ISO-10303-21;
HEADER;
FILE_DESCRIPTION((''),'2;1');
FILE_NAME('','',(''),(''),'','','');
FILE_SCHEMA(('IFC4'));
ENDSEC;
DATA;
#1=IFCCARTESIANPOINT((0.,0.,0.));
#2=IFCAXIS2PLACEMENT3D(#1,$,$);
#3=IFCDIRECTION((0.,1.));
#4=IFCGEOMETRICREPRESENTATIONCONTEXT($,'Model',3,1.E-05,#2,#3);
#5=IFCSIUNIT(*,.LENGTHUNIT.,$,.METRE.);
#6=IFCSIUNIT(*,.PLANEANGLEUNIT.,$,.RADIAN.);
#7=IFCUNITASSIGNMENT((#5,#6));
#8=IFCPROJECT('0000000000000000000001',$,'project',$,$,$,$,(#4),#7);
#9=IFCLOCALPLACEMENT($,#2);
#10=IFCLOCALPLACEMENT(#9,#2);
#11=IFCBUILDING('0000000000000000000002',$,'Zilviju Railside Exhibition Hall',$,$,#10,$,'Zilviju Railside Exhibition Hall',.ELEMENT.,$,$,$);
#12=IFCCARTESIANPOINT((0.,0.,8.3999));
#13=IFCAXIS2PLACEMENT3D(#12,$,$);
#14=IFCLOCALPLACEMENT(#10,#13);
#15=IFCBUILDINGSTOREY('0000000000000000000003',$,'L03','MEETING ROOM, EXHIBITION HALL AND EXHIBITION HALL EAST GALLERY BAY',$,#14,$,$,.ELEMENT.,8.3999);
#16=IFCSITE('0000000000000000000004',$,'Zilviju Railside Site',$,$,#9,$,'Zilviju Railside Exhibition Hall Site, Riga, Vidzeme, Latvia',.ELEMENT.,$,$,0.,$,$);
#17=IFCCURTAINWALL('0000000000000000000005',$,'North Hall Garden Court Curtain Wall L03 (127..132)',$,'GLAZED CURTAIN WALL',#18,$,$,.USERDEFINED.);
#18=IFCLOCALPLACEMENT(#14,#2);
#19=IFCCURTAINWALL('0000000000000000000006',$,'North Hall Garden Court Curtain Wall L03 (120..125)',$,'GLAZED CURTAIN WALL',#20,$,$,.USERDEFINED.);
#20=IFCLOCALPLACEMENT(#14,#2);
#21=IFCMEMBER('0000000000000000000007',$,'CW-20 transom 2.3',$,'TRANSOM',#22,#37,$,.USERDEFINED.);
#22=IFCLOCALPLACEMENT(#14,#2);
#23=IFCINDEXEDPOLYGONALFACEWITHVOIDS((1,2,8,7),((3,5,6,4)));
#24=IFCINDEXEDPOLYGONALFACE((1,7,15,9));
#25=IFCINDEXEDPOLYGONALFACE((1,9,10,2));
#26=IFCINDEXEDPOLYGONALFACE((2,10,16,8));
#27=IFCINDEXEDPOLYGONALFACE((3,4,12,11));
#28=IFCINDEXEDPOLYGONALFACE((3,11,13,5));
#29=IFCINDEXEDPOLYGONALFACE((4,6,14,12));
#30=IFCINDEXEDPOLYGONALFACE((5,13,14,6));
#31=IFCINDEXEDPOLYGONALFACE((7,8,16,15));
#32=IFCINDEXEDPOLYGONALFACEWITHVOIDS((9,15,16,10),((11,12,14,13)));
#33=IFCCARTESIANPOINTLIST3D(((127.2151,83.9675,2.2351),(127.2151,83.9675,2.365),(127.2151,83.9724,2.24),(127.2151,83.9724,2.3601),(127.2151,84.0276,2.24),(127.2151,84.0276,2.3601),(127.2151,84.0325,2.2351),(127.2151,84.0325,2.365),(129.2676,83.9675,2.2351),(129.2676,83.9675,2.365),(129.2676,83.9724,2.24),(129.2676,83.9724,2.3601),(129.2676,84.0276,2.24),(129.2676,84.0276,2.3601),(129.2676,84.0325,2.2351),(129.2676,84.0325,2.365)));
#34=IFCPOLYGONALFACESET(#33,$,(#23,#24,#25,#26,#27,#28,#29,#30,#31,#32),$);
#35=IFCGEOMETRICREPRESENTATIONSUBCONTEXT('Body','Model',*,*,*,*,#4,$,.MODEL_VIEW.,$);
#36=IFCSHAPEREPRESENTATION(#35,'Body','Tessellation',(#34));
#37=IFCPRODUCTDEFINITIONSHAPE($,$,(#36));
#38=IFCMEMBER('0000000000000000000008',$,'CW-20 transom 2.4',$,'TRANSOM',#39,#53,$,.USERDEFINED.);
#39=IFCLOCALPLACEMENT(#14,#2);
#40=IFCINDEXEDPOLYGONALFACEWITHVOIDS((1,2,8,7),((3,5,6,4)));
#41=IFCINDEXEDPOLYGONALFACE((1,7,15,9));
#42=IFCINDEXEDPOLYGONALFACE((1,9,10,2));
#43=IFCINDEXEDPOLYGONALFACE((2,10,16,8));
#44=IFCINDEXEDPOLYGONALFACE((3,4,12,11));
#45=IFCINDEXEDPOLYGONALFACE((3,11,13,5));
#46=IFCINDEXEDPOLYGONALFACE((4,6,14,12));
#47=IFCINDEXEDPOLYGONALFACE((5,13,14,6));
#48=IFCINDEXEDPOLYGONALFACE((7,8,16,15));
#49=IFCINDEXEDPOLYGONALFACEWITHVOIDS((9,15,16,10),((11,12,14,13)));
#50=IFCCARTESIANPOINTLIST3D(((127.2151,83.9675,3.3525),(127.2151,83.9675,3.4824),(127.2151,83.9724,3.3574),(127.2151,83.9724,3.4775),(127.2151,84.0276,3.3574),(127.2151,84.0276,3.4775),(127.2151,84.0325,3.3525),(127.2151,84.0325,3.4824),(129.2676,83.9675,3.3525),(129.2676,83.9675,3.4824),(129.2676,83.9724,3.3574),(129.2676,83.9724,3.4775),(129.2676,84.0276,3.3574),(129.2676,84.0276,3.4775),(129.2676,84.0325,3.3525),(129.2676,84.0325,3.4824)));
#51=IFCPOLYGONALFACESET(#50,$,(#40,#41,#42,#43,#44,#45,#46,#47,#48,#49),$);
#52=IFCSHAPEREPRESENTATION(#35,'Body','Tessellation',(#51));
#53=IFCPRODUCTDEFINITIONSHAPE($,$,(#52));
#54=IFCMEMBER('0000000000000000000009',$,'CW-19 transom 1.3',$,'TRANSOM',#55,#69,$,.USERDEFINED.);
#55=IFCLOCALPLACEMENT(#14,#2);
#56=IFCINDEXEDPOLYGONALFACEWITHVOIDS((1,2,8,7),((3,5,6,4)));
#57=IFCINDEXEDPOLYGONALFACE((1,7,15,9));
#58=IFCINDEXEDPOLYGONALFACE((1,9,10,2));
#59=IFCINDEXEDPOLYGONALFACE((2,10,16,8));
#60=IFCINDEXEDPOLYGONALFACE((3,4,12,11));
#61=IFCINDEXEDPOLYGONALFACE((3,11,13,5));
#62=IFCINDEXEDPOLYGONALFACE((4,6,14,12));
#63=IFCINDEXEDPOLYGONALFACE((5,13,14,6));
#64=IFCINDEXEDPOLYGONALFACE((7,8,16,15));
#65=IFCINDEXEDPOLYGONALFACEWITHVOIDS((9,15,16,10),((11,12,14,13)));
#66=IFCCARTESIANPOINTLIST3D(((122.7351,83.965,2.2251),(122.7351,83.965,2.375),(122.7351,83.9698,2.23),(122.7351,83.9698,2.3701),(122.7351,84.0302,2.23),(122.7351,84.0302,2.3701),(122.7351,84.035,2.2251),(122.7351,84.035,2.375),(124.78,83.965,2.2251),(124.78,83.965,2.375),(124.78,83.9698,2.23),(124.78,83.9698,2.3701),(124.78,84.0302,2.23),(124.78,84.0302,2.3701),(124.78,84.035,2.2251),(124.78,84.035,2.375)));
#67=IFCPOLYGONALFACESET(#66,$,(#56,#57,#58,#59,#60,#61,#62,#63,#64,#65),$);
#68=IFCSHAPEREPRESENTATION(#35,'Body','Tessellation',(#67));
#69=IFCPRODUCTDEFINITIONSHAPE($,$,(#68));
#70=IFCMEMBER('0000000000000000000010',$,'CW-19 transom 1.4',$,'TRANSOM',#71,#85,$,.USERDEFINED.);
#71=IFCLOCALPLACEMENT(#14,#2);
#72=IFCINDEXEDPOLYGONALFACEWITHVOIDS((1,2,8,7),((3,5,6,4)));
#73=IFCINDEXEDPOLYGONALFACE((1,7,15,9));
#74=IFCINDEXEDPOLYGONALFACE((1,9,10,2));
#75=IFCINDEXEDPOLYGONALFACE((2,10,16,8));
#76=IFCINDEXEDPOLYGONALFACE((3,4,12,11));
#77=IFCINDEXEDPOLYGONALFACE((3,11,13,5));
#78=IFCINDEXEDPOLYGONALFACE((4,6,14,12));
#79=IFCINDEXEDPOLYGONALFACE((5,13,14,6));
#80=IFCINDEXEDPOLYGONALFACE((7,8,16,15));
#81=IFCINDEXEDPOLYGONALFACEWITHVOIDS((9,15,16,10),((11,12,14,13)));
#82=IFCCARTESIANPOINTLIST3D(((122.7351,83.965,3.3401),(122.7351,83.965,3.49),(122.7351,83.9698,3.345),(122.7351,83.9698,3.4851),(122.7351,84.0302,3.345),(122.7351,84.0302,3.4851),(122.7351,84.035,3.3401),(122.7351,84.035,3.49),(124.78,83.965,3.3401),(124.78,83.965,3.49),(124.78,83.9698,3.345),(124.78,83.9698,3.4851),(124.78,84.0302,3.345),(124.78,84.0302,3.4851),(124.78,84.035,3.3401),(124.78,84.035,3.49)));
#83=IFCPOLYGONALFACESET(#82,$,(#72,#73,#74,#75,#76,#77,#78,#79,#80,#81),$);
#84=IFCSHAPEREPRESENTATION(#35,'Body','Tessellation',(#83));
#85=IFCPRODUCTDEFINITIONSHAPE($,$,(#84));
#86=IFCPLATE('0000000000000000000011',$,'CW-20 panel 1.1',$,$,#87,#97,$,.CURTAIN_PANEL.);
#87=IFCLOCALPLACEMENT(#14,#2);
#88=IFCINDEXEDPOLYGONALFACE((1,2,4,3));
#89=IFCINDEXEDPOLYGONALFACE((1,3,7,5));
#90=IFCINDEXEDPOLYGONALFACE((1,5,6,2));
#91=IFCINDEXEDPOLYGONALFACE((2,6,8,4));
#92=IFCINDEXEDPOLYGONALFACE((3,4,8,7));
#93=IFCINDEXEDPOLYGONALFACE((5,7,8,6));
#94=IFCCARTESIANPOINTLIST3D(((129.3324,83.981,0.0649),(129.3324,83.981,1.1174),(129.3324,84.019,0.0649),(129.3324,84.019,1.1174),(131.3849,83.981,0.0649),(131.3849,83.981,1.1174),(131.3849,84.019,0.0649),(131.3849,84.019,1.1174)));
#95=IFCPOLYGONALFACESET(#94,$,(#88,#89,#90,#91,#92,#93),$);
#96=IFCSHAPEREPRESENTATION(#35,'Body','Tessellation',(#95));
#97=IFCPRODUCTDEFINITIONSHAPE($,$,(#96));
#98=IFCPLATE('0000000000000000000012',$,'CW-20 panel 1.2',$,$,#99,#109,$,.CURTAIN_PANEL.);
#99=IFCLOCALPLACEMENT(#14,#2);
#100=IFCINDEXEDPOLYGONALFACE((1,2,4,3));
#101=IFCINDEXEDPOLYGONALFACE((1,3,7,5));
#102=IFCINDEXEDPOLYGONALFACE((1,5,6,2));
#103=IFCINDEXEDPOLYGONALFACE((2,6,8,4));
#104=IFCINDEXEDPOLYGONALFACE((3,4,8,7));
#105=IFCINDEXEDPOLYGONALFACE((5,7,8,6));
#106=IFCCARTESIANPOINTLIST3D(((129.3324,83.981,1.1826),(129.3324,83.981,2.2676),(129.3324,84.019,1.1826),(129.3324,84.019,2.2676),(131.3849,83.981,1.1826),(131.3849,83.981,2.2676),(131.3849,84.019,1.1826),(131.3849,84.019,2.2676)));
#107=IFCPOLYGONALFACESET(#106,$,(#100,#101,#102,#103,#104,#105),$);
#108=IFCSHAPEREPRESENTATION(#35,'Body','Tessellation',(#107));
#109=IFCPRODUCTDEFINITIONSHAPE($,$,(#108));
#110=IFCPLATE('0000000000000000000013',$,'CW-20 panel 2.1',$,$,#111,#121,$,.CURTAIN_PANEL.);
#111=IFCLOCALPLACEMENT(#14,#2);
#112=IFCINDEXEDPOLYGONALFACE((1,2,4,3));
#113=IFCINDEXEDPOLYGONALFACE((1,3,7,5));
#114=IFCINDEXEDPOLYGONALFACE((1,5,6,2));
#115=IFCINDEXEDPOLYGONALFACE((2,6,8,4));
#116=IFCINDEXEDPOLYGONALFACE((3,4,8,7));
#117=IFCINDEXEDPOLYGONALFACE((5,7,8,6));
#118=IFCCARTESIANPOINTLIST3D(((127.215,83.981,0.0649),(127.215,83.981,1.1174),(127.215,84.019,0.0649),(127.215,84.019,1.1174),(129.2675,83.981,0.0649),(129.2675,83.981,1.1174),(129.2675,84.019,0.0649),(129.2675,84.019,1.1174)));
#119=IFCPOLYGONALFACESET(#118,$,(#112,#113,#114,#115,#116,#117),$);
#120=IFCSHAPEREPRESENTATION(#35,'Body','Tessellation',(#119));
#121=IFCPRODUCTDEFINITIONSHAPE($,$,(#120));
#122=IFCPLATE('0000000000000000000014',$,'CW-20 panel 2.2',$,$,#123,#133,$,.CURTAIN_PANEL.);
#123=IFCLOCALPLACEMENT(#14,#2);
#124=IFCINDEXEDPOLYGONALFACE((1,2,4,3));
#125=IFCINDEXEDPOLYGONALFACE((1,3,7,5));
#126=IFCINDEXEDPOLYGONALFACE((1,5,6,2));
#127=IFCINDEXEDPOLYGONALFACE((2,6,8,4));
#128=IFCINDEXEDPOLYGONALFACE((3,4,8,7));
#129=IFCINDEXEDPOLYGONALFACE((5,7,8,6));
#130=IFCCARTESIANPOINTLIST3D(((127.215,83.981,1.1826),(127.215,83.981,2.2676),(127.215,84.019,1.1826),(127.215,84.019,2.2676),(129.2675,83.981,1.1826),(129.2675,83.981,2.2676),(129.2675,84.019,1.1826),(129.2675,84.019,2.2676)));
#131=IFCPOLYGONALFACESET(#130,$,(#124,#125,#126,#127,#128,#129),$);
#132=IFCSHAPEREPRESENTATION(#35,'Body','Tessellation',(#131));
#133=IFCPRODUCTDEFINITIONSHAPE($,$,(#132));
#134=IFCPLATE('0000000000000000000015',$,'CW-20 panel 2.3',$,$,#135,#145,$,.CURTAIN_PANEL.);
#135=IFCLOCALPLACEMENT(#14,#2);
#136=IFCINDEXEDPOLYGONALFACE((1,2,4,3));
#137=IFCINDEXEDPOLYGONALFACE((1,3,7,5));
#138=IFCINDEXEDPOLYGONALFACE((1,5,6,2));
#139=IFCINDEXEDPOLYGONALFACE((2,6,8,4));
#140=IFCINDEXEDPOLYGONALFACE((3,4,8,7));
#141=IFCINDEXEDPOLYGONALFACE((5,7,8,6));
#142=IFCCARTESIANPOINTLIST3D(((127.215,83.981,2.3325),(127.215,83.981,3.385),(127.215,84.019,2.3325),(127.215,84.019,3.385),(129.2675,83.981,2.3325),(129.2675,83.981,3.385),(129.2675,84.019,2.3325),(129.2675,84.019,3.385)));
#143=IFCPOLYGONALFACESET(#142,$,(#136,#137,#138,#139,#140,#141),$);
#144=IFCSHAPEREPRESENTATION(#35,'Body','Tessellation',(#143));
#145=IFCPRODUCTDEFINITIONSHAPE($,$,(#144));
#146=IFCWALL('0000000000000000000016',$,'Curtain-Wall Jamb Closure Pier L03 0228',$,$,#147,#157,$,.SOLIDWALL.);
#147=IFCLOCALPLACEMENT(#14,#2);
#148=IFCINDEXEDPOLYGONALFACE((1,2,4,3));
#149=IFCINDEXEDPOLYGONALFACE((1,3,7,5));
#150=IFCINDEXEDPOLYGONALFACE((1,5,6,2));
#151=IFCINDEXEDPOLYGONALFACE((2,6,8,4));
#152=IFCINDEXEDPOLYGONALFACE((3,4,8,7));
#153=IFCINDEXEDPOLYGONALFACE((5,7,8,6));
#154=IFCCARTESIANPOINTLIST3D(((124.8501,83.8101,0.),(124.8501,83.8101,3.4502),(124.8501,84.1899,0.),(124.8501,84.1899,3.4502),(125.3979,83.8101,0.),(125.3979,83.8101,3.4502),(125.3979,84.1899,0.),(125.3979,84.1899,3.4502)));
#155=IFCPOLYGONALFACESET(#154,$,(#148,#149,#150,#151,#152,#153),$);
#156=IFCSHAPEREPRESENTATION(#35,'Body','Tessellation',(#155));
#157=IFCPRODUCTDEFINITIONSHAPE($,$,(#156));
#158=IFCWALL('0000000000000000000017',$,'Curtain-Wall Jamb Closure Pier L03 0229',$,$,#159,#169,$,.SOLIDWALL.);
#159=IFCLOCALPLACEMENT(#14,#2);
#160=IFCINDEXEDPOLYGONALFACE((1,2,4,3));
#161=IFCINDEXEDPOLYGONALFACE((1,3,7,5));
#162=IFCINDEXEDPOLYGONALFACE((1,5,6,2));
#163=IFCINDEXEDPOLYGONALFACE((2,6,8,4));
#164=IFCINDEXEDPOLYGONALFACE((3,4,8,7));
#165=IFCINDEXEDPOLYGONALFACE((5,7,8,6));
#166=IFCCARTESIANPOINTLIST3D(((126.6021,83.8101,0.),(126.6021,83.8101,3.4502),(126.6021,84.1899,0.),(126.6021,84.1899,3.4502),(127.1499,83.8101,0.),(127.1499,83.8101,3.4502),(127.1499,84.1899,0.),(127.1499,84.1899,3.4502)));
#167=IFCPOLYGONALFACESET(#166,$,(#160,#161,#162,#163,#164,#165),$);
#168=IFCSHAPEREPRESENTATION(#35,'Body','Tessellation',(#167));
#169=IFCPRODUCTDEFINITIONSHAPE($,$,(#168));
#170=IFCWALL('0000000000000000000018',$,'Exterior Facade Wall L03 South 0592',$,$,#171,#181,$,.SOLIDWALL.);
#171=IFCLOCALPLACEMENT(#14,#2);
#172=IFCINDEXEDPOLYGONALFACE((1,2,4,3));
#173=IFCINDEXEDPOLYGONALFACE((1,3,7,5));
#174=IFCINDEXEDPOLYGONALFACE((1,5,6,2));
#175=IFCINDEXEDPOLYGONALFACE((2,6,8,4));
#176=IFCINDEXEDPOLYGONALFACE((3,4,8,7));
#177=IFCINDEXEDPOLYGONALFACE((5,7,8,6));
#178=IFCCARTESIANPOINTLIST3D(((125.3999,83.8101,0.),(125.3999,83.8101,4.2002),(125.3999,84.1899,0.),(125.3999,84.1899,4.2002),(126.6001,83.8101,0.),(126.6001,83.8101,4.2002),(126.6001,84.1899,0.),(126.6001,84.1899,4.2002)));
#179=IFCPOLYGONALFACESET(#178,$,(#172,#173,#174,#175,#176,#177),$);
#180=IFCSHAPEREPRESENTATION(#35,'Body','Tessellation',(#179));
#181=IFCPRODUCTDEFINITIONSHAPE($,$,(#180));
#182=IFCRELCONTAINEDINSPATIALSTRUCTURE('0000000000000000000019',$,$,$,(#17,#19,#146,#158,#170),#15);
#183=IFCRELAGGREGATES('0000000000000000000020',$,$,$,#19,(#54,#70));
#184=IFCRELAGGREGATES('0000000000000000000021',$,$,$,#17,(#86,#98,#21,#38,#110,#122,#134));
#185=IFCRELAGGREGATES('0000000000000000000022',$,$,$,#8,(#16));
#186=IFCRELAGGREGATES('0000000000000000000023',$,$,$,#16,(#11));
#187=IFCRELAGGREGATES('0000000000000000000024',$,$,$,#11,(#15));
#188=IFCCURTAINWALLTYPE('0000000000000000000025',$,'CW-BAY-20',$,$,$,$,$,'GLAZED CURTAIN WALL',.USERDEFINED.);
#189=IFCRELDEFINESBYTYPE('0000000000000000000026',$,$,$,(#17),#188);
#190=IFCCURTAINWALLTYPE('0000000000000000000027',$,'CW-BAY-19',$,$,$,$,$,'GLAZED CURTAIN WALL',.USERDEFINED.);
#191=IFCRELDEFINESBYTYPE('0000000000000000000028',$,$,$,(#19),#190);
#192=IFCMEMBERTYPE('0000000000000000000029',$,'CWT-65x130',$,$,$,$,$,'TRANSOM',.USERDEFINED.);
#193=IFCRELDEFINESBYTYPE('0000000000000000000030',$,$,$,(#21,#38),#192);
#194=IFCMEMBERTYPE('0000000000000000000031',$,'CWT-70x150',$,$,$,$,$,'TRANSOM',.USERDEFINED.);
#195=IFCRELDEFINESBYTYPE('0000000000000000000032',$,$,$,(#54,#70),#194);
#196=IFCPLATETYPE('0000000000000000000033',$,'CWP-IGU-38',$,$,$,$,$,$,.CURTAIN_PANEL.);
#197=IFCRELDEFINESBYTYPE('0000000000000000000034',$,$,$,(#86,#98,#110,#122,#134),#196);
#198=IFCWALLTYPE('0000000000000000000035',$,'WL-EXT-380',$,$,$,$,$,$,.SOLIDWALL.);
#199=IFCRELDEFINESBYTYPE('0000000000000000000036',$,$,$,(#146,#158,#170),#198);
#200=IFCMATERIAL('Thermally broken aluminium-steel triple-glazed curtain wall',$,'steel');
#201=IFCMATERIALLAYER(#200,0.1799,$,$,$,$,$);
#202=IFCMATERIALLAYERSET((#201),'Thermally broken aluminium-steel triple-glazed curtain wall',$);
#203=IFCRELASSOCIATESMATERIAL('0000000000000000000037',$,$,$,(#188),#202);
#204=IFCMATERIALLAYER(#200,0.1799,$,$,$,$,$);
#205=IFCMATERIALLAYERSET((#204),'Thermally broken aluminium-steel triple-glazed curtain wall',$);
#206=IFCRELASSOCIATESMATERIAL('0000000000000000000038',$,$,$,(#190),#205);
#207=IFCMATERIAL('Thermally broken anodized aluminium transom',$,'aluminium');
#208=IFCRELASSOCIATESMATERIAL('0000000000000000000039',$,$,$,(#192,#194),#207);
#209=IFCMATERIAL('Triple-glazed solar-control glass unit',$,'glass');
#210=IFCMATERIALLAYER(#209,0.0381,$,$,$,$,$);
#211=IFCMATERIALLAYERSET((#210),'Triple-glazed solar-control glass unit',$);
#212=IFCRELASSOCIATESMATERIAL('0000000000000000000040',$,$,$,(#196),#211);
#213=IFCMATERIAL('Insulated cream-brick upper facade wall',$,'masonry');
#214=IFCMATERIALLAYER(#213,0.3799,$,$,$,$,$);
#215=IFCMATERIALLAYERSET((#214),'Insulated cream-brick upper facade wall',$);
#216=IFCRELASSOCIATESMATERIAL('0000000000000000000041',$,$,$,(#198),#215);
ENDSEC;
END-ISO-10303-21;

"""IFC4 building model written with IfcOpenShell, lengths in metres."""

from ifc_helpers import new_model, si_unit, direction, frame, frame_2d, origin, origin_2d, place, context, subcontext, project, spatial, rectangle, hollow_rectangle, extrude, material, layer, layer_set, material_profile, profile_set, type_object, element, aggregate, save


model = new_model("IFC4")

# Units and contexts
model_context = context("Model", 3, precision=1e-05, world=origin(), true_north=direction((0.0, 1.0)))
body_context = subcontext(model_context, "Body", "Model", "MODEL_VIEW")
ifc_project = project(units=[si_unit("LENGTHUNIT", "METRE"), si_unit("PLANEANGLEUNIT", "RADIAN")], contexts=[model_context])

# Site, building, storey
site_placement = place(None, origin())
site = spatial("IfcSite", under=ifc_project, at=site_placement, Name="Zilviju Railside Site", LongName="Zilviju Railside Exhibition Hall Site, Riga, Vidzeme, Latvia", CompositionType="ELEMENT", RefElevation=0.0)
building_placement = place(site_placement, origin())
building = spatial("IfcBuilding", under=site, at=building_placement, Name="Zilviju Railside Exhibition Hall", LongName="Zilviju Railside Exhibition Hall", CompositionType="ELEMENT")
storey_placement = place(building_placement, frame((0.0, 0.0, 8.3999)))
storey = spatial("IfcBuildingStorey", under=building, at=storey_placement, Name="L03", Description="MEETING ROOM, EXHIBITION HALL AND EXHIBITION HALL EAST GALLERY BAY", CompositionType="ELEMENT", Elevation=8.3999)

# Curtain wall
ifc_material_1 = material(Name="Thermally broken aluminium-steel triple-glazed curtain wall", Category="steel")
ifc_layer_1 = layer(ifc_material_1, 0.1799)
ifc_layer_set_1 = layer_set([ifc_layer_1], Name="Thermally broken aluminium-steel triple-glazed curtain wall")
curtain_wall_type_1 = type_object("IfcCurtainWallType", Name="CW-BAY-20", ElementType="GLAZED CURTAIN WALL", PredefinedType="USERDEFINED", material=ifc_layer_set_1)
curtain_wall_1_placement = place(storey_placement, origin())
curtain_wall_1 = element("IfcCurtainWall", 1, at=curtain_wall_1_placement, inside=storey, type_object=curtain_wall_type_1, Name="North Hall Garden Court Curtain Wall L03 (127..132)", ObjectType="GLAZED CURTAIN WALL", PredefinedType="USERDEFINED")

# Curtain wall
ifc_layer_2 = layer(ifc_material_1, 0.1799)
ifc_layer_set_2 = layer_set([ifc_layer_2], Name="Thermally broken aluminium-steel triple-glazed curtain wall")
curtain_wall_type_2 = type_object("IfcCurtainWallType", Name="CW-BAY-19", ElementType="GLAZED CURTAIN WALL", PredefinedType="USERDEFINED", material=ifc_layer_set_2)
curtain_wall_2_placement = place(storey_placement, origin())
curtain_wall_2 = element("IfcCurtainWall", 2, at=curtain_wall_2_placement, inside=storey, type_object=curtain_wall_type_2, Name="North Hall Garden Court Curtain Wall L03 (120..125)", ObjectType="GLAZED CURTAIN WALL", PredefinedType="USERDEFINED")

# Members
ifc_material_2 = material(Name="Thermally broken anodized aluminium transom", Category="aluminium")
ifc_material_profile_1 = material_profile(ifc_material_2, hollow_rectangle(XDim=0.0649, YDim=0.1299, WallThickness=0.0049, at=origin_2d()), Name="TRANSOM 130x65x5")
ifc_profile_set_1 = profile_set([ifc_material_profile_1], Name="Thermally broken anodized aluminium transom")
member_type_1 = type_object("IfcMemberType", Name="CWT-65x130", ElementType="TRANSOM", PredefinedType="USERDEFINED", material=ifc_profile_set_1)
member_1_placement = place(storey_placement, frame((129.2676, 84.0, 2.3), z_axis=(-1.0, 0.0, 0.0), x_axis=(0.0, -1.0, 0.0)))
member_1 = element("IfcMember", 3, at=member_1_placement, type_object=member_type_1, Name="CW-20 transom 2.3", ObjectType="TRANSOM", PredefinedType="USERDEFINED", context=body_context, shape_type="SweptSolid", body=[
    extrude(hollow_rectangle(XDim=0.0649, YDim=0.1299, WallThickness=0.0049, at=origin_2d()), origin(), (0.0, 0.0, 1.0), 2.0525),
])
member_2_placement = place(storey_placement, frame((129.2676, 84.0, 3.4175), z_axis=(-1.0, 0.0, 0.0), x_axis=(0.0, -1.0, 0.0)))
member_2 = element("IfcMember", 4, at=member_2_placement, type_object=member_type_1, Name="CW-20 transom 2.4", ObjectType="TRANSOM", PredefinedType="USERDEFINED", context=body_context, shape_type="SweptSolid", body=[
    extrude(hollow_rectangle(XDim=0.0649, YDim=0.1299, WallThickness=0.0049, at=origin_2d()), origin(), (0.0, 0.0, 1.0), 2.0525),
])
ifc_material_profile_2 = material_profile(ifc_material_2, hollow_rectangle(XDim=0.0701, YDim=0.1499, WallThickness=0.0049, at=origin_2d()), Name="TRANSOM 150x70x5")
ifc_profile_set_2 = profile_set([ifc_material_profile_2], Name="Thermally broken anodized aluminium transom")
member_type_2 = type_object("IfcMemberType", Name="CWT-70x150", ElementType="TRANSOM", PredefinedType="USERDEFINED", material=ifc_profile_set_2)
member_3_placement = place(storey_placement, frame((124.78, 84.0, 2.3), z_axis=(-1.0, 0.0, 0.0), x_axis=(0.0, -1.0, 0.0)))
member_3 = element("IfcMember", 5, at=member_3_placement, type_object=member_type_2, Name="CW-19 transom 1.3", ObjectType="TRANSOM", PredefinedType="USERDEFINED", context=body_context, shape_type="SweptSolid", body=[
    extrude(hollow_rectangle(XDim=0.0701, YDim=0.1499, WallThickness=0.0049, at=origin_2d()), origin(), (0.0, 0.0, 1.0), 2.0449),
])
member_4_placement = place(storey_placement, frame((124.78, 84.0, 3.415), z_axis=(-1.0, 0.0, 0.0), x_axis=(0.0, -1.0, 0.0)))
member_4 = element("IfcMember", 6, at=member_4_placement, type_object=member_type_2, Name="CW-19 transom 1.4", ObjectType="TRANSOM", PredefinedType="USERDEFINED", context=body_context, shape_type="SweptSolid", body=[
    extrude(hollow_rectangle(XDim=0.0701, YDim=0.1499, WallThickness=0.0049, at=origin_2d()), origin(), (0.0, 0.0, 1.0), 2.0449),
])
aggregate(curtain_wall_2, [member_3, member_4])

# Plates
ifc_material_3 = material(Name="Triple-glazed solar-control glass unit", Category="glass")
ifc_layer_3 = layer(ifc_material_3, 0.0381)
ifc_layer_set_3 = layer_set([ifc_layer_3], Name="Triple-glazed solar-control glass unit")
plate_type = type_object("IfcPlateType", Name="CWP-IGU-38", PredefinedType="CURTAIN_PANEL", material=ifc_layer_set_3)
plate_1_placement = place(storey_placement, frame((130.3586, 84.0, 0.0649), z_axis=(0.0, 0.0, 1.0), x_axis=(-1.0, 0.0, 0.0)))
plate_1 = element("IfcPlate", 7, at=plate_1_placement, type_object=plate_type, Name="CW-20 panel 1.1", PredefinedType="CURTAIN_PANEL", context=body_context, shape_type="SweptSolid", body=[
    extrude(rectangle(XDim=2.0525, YDim=0.0381, at=origin_2d()), origin(), (0.0, 0.0, 1.0), 1.0525),
])
plate_2_placement = place(storey_placement, frame((130.3586, 84.0, 1.1826), z_axis=(0.0, 0.0, 1.0), x_axis=(-1.0, 0.0, 0.0)))
plate_2 = element("IfcPlate", 8, at=plate_2_placement, type_object=plate_type, Name="CW-20 panel 1.2", PredefinedType="CURTAIN_PANEL", context=body_context, shape_type="SweptSolid", body=[
    extrude(rectangle(XDim=2.0525, YDim=0.0381, at=origin_2d()), origin(), (0.0, 0.0, 1.0), 1.085),
])
plate_3_placement = place(storey_placement, frame((128.2412, 84.0, 0.0649), z_axis=(0.0, 0.0, 1.0), x_axis=(-1.0, 0.0, 0.0)))
plate_3 = element("IfcPlate", 9, at=plate_3_placement, type_object=plate_type, Name="CW-20 panel 2.1", PredefinedType="CURTAIN_PANEL", context=body_context, shape_type="SweptSolid", body=[
    extrude(rectangle(XDim=2.0525, YDim=0.0381, at=origin_2d()), origin(), (0.0, 0.0, 1.0), 1.0525),
])
plate_4_placement = place(storey_placement, frame((128.2412, 84.0, 1.1826), z_axis=(0.0, 0.0, 1.0), x_axis=(-1.0, 0.0, 0.0)))
plate_4 = element("IfcPlate", 10, at=plate_4_placement, type_object=plate_type, Name="CW-20 panel 2.2", PredefinedType="CURTAIN_PANEL", context=body_context, shape_type="SweptSolid", body=[
    extrude(rectangle(XDim=2.0525, YDim=0.0381, at=origin_2d()), origin(), (0.0, 0.0, 1.0), 1.085),
])
plate_5_placement = place(storey_placement, frame((128.2412, 84.0, 2.3325), z_axis=(0.0, 0.0, 1.0), x_axis=(-1.0, 0.0, 0.0)))
plate_5 = element("IfcPlate", 11, at=plate_5_placement, type_object=plate_type, Name="CW-20 panel 2.3", PredefinedType="CURTAIN_PANEL", context=body_context, shape_type="SweptSolid", body=[
    extrude(rectangle(XDim=2.0525, YDim=0.0381, at=origin_2d()), origin(), (0.0, 0.0, 1.0), 1.0525),
])
aggregate(curtain_wall_1, [plate_1, plate_2, member_1, member_2, plate_3, plate_4, plate_5])

# Walls
ifc_material_4 = material(Name="Insulated cream-brick upper facade wall", Category="masonry")
ifc_layer_4 = layer(ifc_material_4, 0.3799)
ifc_layer_set_4 = layer_set([ifc_layer_4], Name="Insulated cream-brick upper facade wall")
wall_type = type_object("IfcWallType", Name="WL-EXT-380", PredefinedType="SOLIDWALL", material=ifc_layer_set_4)
for number, where, z_axis, x_axis, name in (
    (12, (125.3979, 84.0, 0.0), (0.0, 0.0, 1.0), (-1.0, 0.0, 0.0), "Curtain-Wall Jamb Closure Pier L03 0228"),
    (13, (127.1499, 84.0, 0.0), (0.0, 0.0, 1.0), (-1.0, 0.0, 0.0), "Curtain-Wall Jamb Closure Pier L03 0229"),
):
    element("IfcWall", number, at=place(storey_placement, frame(where, z_axis=z_axis, x_axis=x_axis)), inside=storey, type_object=wall_type, Name=name, PredefinedType="SOLIDWALL", context=body_context, shape_type="SweptSolid", body=[
        extrude(rectangle(XDim=0.5479, YDim=0.3799, at=frame_2d((0.2739, 0.0))), origin(), (0.0, 0.0, 1.0), 3.4502),
    ])
wall_placement = place(storey_placement, frame((126.6001, 84.0, 0.0), z_axis=(0.0, 0.0, 1.0), x_axis=(-1.0, 0.0, 0.0)))
element("IfcWall", 14, at=wall_placement, inside=storey, type_object=wall_type, Name="Exterior Facade Wall L03 South 0592", PredefinedType="SOLIDWALL", context=body_context, shape_type="SweptSolid", body=[
    extrude(rectangle(XDim=1.2002, YDim=0.3799, at=frame_2d((0.6001, 0.0))), origin(), (0.0, 0.0, 1.0), 4.2002),
])

save(model, "model.ifc")
